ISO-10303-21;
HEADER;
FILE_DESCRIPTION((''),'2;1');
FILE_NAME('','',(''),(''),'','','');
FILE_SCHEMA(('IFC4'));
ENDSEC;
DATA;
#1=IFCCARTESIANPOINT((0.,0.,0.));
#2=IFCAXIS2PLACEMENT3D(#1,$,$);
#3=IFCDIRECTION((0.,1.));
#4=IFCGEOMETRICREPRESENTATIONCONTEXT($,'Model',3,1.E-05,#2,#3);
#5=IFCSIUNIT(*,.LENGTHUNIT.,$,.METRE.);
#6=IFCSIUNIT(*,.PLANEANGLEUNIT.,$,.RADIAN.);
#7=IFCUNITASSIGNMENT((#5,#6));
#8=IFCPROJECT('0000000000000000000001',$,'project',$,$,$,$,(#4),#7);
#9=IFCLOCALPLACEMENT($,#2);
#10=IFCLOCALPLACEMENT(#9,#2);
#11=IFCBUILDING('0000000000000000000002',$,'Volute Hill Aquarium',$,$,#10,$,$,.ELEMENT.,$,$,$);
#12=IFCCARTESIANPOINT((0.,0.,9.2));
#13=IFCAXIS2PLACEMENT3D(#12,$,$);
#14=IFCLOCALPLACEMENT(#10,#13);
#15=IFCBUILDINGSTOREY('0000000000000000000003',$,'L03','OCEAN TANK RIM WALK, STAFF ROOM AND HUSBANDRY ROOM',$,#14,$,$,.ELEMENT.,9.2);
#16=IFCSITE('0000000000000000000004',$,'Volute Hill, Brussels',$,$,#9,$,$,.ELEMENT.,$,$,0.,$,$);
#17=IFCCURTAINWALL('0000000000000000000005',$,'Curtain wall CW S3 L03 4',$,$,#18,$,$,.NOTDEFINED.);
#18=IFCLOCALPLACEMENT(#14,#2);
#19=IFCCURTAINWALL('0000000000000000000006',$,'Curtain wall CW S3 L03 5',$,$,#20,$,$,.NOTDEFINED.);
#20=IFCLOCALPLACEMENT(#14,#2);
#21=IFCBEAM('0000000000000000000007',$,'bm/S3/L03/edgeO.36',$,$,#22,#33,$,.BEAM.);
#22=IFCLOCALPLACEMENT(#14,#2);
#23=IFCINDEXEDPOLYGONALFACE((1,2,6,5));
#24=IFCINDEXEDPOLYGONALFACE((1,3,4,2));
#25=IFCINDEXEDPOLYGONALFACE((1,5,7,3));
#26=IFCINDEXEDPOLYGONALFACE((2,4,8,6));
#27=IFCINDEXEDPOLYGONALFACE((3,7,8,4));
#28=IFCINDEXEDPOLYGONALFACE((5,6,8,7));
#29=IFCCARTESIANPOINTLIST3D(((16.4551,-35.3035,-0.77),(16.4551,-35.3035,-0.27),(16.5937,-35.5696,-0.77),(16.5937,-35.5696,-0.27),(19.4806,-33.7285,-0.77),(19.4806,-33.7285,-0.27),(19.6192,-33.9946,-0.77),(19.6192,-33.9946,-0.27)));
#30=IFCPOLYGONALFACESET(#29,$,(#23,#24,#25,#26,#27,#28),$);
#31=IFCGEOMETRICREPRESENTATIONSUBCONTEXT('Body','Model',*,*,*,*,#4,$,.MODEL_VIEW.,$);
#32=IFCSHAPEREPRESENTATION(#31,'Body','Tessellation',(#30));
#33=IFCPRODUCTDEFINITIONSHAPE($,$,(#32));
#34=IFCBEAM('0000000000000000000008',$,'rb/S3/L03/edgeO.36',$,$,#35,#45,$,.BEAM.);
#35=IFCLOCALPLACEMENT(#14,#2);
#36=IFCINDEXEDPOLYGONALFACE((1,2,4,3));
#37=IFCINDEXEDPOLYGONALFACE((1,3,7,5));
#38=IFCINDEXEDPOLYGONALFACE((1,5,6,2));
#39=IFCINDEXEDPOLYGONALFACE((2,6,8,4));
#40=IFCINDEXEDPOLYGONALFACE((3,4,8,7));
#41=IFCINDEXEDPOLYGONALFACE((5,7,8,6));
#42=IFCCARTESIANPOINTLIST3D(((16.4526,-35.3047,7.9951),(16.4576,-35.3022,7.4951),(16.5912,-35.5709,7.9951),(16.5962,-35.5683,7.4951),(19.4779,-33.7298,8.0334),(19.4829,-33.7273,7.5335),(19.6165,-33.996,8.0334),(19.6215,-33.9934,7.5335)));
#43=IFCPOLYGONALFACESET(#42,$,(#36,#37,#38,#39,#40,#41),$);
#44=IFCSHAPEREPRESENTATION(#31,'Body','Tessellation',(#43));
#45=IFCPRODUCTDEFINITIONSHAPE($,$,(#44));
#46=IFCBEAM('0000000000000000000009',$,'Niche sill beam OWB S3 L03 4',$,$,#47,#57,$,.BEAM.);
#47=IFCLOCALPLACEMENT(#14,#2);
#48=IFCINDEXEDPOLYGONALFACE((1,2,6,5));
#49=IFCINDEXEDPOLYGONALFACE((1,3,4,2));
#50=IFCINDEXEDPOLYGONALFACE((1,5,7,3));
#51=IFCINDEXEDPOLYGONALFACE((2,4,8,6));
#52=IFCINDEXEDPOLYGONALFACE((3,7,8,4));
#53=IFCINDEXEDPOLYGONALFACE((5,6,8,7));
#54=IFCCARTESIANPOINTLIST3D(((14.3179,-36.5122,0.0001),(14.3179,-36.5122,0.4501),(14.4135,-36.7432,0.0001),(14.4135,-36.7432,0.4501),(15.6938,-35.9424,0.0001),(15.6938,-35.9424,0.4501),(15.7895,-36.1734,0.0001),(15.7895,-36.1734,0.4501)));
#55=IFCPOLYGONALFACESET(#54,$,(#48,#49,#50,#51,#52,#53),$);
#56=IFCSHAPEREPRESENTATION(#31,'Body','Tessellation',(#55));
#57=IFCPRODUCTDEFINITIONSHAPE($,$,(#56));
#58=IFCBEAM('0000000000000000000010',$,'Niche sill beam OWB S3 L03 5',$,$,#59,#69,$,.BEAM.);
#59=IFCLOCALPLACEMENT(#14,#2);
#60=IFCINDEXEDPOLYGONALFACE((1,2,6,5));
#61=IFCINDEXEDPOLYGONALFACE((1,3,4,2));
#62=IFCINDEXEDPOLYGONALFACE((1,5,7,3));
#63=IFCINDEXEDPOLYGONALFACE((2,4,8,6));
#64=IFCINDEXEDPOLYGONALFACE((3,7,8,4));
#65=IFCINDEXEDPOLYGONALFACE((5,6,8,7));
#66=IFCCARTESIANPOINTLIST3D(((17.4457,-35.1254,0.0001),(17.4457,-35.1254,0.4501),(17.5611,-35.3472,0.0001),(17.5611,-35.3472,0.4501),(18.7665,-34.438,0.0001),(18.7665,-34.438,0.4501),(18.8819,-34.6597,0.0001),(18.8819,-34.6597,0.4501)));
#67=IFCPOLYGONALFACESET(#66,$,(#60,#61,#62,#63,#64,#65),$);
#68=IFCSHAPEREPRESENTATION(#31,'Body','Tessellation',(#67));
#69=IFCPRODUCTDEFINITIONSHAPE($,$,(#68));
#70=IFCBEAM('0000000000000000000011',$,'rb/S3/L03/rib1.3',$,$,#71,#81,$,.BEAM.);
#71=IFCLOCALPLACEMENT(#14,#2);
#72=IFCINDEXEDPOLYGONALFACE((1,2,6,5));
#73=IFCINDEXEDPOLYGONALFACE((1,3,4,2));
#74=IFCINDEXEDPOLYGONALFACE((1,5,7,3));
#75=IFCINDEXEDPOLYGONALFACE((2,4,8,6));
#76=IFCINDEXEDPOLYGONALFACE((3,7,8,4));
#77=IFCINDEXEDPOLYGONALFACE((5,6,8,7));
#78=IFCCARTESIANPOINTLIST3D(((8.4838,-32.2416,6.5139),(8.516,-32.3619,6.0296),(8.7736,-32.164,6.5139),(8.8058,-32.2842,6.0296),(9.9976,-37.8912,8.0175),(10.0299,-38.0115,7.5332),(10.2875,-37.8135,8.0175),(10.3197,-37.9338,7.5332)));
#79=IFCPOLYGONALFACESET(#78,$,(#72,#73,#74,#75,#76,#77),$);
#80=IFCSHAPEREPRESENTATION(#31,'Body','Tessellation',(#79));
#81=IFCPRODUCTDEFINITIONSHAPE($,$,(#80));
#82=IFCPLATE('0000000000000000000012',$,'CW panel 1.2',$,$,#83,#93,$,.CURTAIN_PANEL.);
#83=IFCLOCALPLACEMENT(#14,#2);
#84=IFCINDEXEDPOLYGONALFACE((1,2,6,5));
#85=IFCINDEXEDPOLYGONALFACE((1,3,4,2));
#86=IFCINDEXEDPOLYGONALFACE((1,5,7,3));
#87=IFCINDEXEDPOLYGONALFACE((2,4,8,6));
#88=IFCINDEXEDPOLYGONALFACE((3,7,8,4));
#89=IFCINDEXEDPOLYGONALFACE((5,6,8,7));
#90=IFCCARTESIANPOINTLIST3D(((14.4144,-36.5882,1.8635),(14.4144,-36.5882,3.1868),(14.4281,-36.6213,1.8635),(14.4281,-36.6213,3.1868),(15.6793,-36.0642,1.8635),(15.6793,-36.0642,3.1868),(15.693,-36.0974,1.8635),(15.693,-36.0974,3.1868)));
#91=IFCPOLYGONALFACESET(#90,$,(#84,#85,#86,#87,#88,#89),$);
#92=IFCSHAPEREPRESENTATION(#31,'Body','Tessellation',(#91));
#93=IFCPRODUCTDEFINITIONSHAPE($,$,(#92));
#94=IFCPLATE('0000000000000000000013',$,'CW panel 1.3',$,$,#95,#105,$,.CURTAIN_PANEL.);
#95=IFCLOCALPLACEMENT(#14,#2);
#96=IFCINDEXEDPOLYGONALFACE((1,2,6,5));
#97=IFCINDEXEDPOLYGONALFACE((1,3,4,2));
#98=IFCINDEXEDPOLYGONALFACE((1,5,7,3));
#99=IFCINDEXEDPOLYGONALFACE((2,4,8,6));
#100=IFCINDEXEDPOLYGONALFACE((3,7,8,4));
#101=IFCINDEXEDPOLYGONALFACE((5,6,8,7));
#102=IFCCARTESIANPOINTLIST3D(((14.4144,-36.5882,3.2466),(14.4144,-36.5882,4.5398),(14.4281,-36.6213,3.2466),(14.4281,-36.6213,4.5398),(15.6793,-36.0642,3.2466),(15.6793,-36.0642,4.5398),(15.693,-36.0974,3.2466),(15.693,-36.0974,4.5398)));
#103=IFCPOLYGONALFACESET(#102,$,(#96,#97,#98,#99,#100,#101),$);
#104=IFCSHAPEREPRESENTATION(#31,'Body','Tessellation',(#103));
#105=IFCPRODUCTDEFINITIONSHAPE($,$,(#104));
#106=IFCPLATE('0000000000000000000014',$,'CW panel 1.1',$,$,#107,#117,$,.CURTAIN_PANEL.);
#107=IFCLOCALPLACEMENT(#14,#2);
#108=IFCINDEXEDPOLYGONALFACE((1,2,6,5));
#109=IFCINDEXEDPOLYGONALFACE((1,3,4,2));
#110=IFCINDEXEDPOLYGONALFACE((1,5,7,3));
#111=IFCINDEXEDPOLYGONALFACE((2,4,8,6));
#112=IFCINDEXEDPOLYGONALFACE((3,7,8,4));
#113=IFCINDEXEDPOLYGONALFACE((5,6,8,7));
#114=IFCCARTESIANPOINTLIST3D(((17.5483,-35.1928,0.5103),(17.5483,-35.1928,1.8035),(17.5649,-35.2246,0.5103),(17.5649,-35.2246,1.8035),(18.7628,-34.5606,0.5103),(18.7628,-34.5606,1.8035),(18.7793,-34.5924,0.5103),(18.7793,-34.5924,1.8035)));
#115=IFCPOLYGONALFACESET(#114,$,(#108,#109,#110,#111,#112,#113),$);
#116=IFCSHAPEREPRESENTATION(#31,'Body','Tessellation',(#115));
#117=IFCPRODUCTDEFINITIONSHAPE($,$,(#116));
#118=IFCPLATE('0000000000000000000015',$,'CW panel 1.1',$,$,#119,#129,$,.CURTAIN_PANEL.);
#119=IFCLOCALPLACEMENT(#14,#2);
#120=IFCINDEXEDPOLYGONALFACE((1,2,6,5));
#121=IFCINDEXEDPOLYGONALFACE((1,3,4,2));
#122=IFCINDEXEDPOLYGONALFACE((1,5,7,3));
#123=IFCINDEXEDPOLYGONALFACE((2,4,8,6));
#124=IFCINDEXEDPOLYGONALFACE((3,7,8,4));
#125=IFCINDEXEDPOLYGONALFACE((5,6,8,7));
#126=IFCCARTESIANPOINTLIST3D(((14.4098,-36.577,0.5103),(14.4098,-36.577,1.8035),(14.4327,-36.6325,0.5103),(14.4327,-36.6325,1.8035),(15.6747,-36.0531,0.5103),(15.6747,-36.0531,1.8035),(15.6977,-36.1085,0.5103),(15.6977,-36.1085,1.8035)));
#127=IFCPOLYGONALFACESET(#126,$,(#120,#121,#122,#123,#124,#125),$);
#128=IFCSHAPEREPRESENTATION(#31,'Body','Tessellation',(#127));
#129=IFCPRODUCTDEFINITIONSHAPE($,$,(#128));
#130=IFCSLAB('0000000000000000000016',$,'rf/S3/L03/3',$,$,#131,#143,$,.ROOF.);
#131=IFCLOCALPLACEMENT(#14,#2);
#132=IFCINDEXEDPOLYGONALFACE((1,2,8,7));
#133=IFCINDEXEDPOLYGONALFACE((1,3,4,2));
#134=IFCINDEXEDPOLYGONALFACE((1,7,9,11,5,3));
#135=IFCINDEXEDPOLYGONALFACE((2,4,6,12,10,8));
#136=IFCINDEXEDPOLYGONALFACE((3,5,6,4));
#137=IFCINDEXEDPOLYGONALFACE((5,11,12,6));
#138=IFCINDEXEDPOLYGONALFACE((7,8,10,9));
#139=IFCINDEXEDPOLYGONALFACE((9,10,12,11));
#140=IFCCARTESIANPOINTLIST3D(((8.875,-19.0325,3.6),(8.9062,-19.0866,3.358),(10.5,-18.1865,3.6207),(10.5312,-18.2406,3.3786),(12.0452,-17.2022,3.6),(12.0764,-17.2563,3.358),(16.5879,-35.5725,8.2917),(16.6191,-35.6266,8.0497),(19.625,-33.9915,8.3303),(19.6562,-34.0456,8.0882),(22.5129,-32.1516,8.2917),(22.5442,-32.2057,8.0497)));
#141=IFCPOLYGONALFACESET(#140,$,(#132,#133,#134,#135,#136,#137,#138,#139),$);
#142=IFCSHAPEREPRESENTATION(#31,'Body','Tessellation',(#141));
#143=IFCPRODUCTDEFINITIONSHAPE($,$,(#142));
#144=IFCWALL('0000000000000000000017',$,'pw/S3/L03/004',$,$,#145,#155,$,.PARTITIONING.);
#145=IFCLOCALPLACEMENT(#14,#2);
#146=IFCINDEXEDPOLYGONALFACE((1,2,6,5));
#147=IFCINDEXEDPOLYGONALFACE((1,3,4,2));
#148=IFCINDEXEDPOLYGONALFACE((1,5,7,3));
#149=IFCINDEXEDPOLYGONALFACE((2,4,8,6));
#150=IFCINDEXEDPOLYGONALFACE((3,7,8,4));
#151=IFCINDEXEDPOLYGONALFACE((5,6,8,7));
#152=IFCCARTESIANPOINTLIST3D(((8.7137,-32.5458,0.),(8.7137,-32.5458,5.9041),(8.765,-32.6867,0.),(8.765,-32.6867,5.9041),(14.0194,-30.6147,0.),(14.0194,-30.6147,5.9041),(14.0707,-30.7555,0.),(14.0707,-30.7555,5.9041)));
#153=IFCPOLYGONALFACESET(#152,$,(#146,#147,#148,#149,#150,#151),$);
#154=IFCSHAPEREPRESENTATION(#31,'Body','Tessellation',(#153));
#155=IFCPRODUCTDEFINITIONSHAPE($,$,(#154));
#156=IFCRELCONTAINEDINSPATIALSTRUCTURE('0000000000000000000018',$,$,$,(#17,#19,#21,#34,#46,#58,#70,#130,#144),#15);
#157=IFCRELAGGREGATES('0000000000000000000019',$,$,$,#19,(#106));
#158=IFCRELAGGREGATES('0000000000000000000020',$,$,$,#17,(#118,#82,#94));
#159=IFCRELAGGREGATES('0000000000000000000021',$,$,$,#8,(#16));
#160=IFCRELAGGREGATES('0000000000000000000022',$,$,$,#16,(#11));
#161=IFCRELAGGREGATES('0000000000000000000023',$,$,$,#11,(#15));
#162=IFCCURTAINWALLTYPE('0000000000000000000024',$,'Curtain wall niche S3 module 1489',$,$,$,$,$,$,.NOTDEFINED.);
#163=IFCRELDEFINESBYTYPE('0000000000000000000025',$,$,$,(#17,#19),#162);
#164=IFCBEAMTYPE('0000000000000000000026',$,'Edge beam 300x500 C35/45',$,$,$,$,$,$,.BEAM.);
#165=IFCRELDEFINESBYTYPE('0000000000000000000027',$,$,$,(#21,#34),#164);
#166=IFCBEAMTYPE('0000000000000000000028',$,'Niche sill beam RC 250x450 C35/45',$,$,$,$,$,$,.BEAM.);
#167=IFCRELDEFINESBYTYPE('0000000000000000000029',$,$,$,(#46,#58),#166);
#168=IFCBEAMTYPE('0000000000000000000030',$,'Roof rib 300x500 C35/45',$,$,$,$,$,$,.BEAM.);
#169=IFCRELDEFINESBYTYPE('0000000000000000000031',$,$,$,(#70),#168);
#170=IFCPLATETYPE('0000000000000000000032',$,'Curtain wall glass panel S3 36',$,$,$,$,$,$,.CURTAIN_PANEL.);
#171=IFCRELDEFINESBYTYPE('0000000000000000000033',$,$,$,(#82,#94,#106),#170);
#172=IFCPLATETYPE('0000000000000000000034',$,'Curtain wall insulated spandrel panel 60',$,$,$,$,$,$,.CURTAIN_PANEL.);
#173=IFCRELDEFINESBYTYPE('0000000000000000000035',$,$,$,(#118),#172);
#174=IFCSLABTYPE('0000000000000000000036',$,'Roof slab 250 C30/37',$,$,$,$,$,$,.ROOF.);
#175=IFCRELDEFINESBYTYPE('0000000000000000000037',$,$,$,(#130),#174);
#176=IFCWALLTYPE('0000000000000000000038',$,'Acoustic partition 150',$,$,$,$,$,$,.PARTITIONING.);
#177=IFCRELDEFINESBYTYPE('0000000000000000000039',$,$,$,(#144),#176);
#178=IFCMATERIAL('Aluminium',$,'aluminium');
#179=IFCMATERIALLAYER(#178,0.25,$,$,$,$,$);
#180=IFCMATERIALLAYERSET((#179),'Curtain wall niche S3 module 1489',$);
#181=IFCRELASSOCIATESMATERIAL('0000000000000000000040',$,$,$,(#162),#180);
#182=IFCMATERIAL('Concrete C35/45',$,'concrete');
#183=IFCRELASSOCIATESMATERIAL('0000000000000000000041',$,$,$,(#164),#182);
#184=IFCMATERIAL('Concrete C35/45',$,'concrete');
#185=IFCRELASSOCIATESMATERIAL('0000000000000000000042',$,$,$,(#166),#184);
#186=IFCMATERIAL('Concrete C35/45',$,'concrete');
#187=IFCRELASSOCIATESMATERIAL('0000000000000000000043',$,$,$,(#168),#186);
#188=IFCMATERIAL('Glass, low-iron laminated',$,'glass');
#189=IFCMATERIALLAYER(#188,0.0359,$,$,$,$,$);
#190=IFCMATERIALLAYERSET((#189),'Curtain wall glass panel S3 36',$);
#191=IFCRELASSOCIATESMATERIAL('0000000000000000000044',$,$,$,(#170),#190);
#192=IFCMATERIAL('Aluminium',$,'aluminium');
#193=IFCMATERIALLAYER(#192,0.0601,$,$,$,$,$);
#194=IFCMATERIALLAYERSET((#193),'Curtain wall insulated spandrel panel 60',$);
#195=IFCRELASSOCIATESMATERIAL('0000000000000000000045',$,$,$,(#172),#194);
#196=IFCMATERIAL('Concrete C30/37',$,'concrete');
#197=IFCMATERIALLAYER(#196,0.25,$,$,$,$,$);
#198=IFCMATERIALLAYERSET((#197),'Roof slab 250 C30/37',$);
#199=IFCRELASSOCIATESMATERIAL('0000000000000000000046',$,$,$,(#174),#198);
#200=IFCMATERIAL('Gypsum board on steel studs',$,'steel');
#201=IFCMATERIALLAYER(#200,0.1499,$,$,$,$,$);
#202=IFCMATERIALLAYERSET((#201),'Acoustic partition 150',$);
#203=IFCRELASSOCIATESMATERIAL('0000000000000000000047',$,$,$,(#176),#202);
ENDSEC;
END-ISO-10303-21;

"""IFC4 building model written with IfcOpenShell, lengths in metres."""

from ifc_helpers import new_model, si_unit, direction, frame, frame_2d, origin, origin_2d, place, context, subcontext, project, spatial, polyline, rectangle, outline, extrude, material, layer, layer_set, material_profile, profile_set, type_object, element, aggregate, save


model = new_model("IFC4")

# Units and contexts
model_context = context("Model", 3, precision=1e-05, world=origin(), true_north=direction((0.0, 1.0)))
body_context = subcontext(model_context, "Body", "Model", "MODEL_VIEW")
ifc_project = project(units=[si_unit("LENGTHUNIT", "METRE"), si_unit("PLANEANGLEUNIT", "RADIAN")], contexts=[model_context])

# Site, building, storey
site_placement = place(None, origin())
site = spatial("IfcSite", under=ifc_project, at=site_placement, Name="Volute Hill, Brussels", CompositionType="ELEMENT", RefElevation=0.0)
building_placement = place(site_placement, origin())
building = spatial("IfcBuilding", under=site, at=building_placement, Name="Volute Hill Aquarium", CompositionType="ELEMENT")
storey_placement = place(building_placement, frame((0.0, 0.0, 9.2)))
storey = spatial("IfcBuildingStorey", under=building, at=storey_placement, Name="L03", Description="OCEAN TANK RIM WALK, STAFF ROOM AND HUSBANDRY ROOM", CompositionType="ELEMENT", Elevation=9.2)

# Curtain wall
ifc_material_1 = material(Name="Aluminium", Category="aluminium")
ifc_layer_1 = layer(ifc_material_1, 0.25)
ifc_layer_set_1 = layer_set([ifc_layer_1], Name="Curtain wall niche S3 module 1489")
curtain_wall_type = type_object("IfcCurtainWallType", Name="Curtain wall niche S3 module 1489", PredefinedType="NOTDEFINED", material=ifc_layer_set_1)
curtain_wall_1_placement = place(storey_placement, origin())
curtain_wall_1 = element("IfcCurtainWall", 1, at=curtain_wall_1_placement, inside=storey, type_object=curtain_wall_type, Name="Curtain wall CW S3 L03 4", PredefinedType="NOTDEFINED")

# Curtain wall
curtain_wall_2_placement = place(storey_placement, origin())
curtain_wall_2 = element("IfcCurtainWall", 2, at=curtain_wall_2_placement, inside=storey, type_object=curtain_wall_type, Name="Curtain wall CW S3 L03 5", PredefinedType="NOTDEFINED")

# Beams
ifc_material_2 = material(Name="Concrete C35/45", Category="concrete")
ifc_material_profile_1 = material_profile(ifc_material_2, rectangle(XDim=0.3, YDim=0.5, at=origin_2d()), Name="RC edge beam 300x500")
ifc_profile_set_1 = profile_set([ifc_material_profile_1], Name="Concrete C35/45")
beam_type_1 = type_object("IfcBeamType", Name="Edge beam 300x500 C35/45", PredefinedType="BEAM", material=ifc_profile_set_1)
for number, where, z_axis, x_axis, name in (
    (3, (16.5244, -35.4365, -0.52), (0.887007, 0.461756, 0.0), (-0.461756, 0.887007, 0.0), "bm/S3/L03/edgeO.36"),
    (4, (16.5244, -35.4365, 7.7451), (0.886951, 0.461727, 0.011237), (-0.461756, 0.887007, 0.0), "rb/S3/L03/edgeO.36"),
):
    element("IfcBeam", number, at=place(storey_placement, frame(where, z_axis=z_axis, x_axis=x_axis)), inside=storey, type_object=beam_type_1, Name=name, PredefinedType="BEAM", context=body_context, shape_type="SweptSolid", body=[
        extrude(rectangle(XDim=0.3, YDim=0.5, at=origin_2d()), origin(), (0.0, 0.0, 1.0), 3.4109),
    ])
ifc_material_3 = material(Name="Concrete C35/45", Category="concrete")
ifc_material_profile_2 = material_profile(ifc_material_3, rectangle(XDim=0.25, YDim=0.45, at=origin_2d()), Name="RC beam 250x450")
ifc_profile_set_2 = profile_set([ifc_material_profile_2], Name="Concrete C35/45")
beam_type_2 = type_object("IfcBeamType", Name="Niche sill beam RC 250x450 C35/45", PredefinedType="BEAM", material=ifc_profile_set_2)
beam_1_placement = place(storey_placement, frame((14.3657, -36.6277, 0.2251), z_axis=(0.923909, 0.382612, 0.0), x_axis=(-0.382612, 0.923909, 0.0)))
element("IfcBeam", 5, at=beam_1_placement, inside=storey, type_object=beam_type_2, Name="Niche sill beam OWB S3 L03 4", PredefinedType="BEAM", context=body_context, shape_type="SweptSolid", body=[
    extrude(rectangle(XDim=0.25, YDim=0.45, at=origin_2d()), origin(), (0.0, 0.0, 1.0), 1.4893),
])
beam_2_placement = place(storey_placement, frame((17.5034, -35.2363, 0.2251), z_axis=(0.887029, 0.461714, 0.0), x_axis=(-0.461714, 0.887029, 0.0)))
element("IfcBeam", 6, at=beam_2_placement, inside=storey, type_object=beam_type_2, Name="Niche sill beam OWB S3 L03 5", PredefinedType="BEAM", context=body_context, shape_type="SweptSolid", body=[
    extrude(rectangle(XDim=0.25, YDim=0.45, at=origin_2d()), origin(), (0.0, 0.0, 1.0), 1.489),
])
ifc_material_4 = material(Name="Concrete C35/45", Category="concrete")
ifc_material_profile_3 = material_profile(ifc_material_4, rectangle(XDim=0.3, YDim=0.5, at=origin_2d()), Name="RC rib 300x500")
ifc_profile_set_3 = profile_set([ifc_material_profile_3], Name="Concrete C35/45")
beam_type_3 = type_object("IfcBeamType", Name="Roof rib 300x500 C35/45", PredefinedType="BEAM", material=ifc_profile_set_3)
beam_3_placement = place(storey_placement, frame((8.6448, -32.2629, 6.2717), z_axis=(0.250683, -0.935502, 0.248985), x_axis=(0.965922, 0.258834, 0.0)))
element("IfcBeam", 7, at=beam_3_placement, inside=storey, type_object=beam_type_3, Name="rb/S3/L03/rib1.3", PredefinedType="BEAM", context=body_context, shape_type="SweptSolid", body=[
    extrude(rectangle(XDim=0.3, YDim=0.5, at=origin_2d()), origin(), (0.0, 0.0, 1.0), 6.0391),
])

# Plates
ifc_material_5 = material(Name="Glass, low-iron laminated", Category="glass")
ifc_layer_2 = layer(ifc_material_5, 0.0359)
ifc_layer_set_2 = layer_set([ifc_layer_2], Name="Curtain wall glass panel S3 36")
plate_type_1 = type_object("IfcPlateType", Name="Curtain wall glass panel S3 36", PredefinedType="CURTAIN_PANEL", material=ifc_layer_set_2)
plate_1_placement = place(storey_placement, frame((15.0537, -36.3428, 1.8635), z_axis=(0.0, 0.0, 1.0), x_axis=(0.923876, 0.382693, 0.0)))
plate_1 = element("IfcPlate", 8, at=plate_1_placement, type_object=plate_type_1, Name="CW panel 1.2", PredefinedType="CURTAIN_PANEL", context=body_context, shape_type="SweptSolid", body=[
    extrude(rectangle(XDim=1.3691, YDim=0.0359, at=origin_2d()), origin(), (0.0, 0.0, 1.0), 1.3232),
])
plate_2_placement = place(storey_placement, frame((15.0537, -36.3428, 3.2466), z_axis=(0.0, 0.0, 1.0), x_axis=(0.923876, 0.382693, 0.0)))
plate_2 = element("IfcPlate", 9, at=plate_2_placement, type_object=plate_type_1, Name="CW panel 1.3", PredefinedType="CURTAIN_PANEL", context=body_context, shape_type="SweptSolid", body=[
    extrude(rectangle(XDim=1.3691, YDim=0.0359, at=origin_2d()), origin(), (0.0, 0.0, 1.0), 1.2932),
])
plate_3_placement = place(storey_placement, frame((18.1638, -34.8926, 0.5103), z_axis=(0.0, 0.0, 1.0), x_axis=(0.887013, 0.461744, 0.0)))
plate_3 = element("IfcPlate", 10, at=plate_3_placement, type_object=plate_type_1, Name="CW panel 1.1", PredefinedType="CURTAIN_PANEL", context=body_context, shape_type="SweptSolid", body=[
    extrude(rectangle(XDim=1.3691, YDim=0.0359, at=origin_2d()), origin(), (0.0, 0.0, 1.0), 1.2932),
])
aggregate(curtain_wall_2, [plate_3])
ifc_material_6 = material(Name="Aluminium", Category="aluminium")
ifc_layer_3 = layer(ifc_material_6, 0.0601)
ifc_layer_set_3 = layer_set([ifc_layer_3], Name="Curtain wall insulated spandrel panel 60")
plate_type_2 = type_object("IfcPlateType", Name="Curtain wall insulated spandrel panel 60", PredefinedType="CURTAIN_PANEL", material=ifc_layer_set_3)
plate_4_placement = place(storey_placement, frame((15.0537, -36.3428, 0.5103), z_axis=(0.0, 0.0, 1.0), x_axis=(0.923876, 0.382693, 0.0)))
plate_4 = element("IfcPlate", 11, at=plate_4_placement, type_object=plate_type_2, Name="CW panel 1.1", PredefinedType="CURTAIN_PANEL", context=body_context, shape_type="SweptSolid", body=[
    extrude(rectangle(XDim=1.3691, YDim=0.0601, at=origin_2d()), origin(), (0.0, 0.0, 1.0), 1.2932),
])
aggregate(curtain_wall_1, [plate_4, plate_1, plate_2])

# Slab
ifc_material_7 = material(Name="Concrete C30/37", Category="concrete")
ifc_layer_4 = layer(ifc_material_7, 0.25)
ifc_layer_set_4 = layer_set([ifc_layer_4], Name="Roof slab 250 C30/37")
slab_type = type_object("IfcSlabType", Name="Roof slab 250 C30/37", PredefinedType="ROOF", material=ifc_layer_set_4)
slab_placement = place(storey_placement, frame((16.5879, -35.5725, 8.2917), z_axis=(-0.12494, 0.216398, 0.968278), x_axis=(0.886951, 0.461725, 0.011256)))
element("IfcSlab", 12, at=slab_placement, inside=storey, type_object=slab_type, Name="rf/S3/L03/3", PredefinedType="ROOF", context=body_context, shape_type="SweptSolid", body=[
    extrude(outline(polyline([(0.0, 0.0), (3.4242, 0.0), (6.8347, 0.3082), (4.4001, 18.9936), (2.5753, 18.8288), (0.7432, 18.8287), (0.0, 0.0)])), origin(), (0.0, 0.0, -1.0), 0.25),
])

# Wall
ifc_material_8 = material(Name="Gypsum board on steel studs", Category="steel")
ifc_layer_5 = layer(ifc_material_8, 0.1499)
ifc_layer_set_5 = layer_set([ifc_layer_5], Name="Acoustic partition 150")
wall_type_1 = type_object("IfcWallType", Name="Acoustic partition 150", PredefinedType="PARTITIONING", material=ifc_layer_set_5)
wall_1_placement = place(storey_placement, frame((14.0452, -30.6851, 0.0), z_axis=(0.0, 0.0, 1.0), x_axis=(-0.93969, -0.342028, 0.0)))
element("IfcWall", 13, at=wall_1_placement, inside=storey, type_object=wall_type_1, Name="pw/S3/L03/004", PredefinedType="PARTITIONING", context=body_context, shape_type="SweptSolid", body=[
    extrude(rectangle(XDim=5.6462, YDim=0.1499, at=frame_2d((2.8232, 0.0))), origin(), (0.0, 0.0, 1.0), 5.9041),
])

save(model, "model.ifc")
